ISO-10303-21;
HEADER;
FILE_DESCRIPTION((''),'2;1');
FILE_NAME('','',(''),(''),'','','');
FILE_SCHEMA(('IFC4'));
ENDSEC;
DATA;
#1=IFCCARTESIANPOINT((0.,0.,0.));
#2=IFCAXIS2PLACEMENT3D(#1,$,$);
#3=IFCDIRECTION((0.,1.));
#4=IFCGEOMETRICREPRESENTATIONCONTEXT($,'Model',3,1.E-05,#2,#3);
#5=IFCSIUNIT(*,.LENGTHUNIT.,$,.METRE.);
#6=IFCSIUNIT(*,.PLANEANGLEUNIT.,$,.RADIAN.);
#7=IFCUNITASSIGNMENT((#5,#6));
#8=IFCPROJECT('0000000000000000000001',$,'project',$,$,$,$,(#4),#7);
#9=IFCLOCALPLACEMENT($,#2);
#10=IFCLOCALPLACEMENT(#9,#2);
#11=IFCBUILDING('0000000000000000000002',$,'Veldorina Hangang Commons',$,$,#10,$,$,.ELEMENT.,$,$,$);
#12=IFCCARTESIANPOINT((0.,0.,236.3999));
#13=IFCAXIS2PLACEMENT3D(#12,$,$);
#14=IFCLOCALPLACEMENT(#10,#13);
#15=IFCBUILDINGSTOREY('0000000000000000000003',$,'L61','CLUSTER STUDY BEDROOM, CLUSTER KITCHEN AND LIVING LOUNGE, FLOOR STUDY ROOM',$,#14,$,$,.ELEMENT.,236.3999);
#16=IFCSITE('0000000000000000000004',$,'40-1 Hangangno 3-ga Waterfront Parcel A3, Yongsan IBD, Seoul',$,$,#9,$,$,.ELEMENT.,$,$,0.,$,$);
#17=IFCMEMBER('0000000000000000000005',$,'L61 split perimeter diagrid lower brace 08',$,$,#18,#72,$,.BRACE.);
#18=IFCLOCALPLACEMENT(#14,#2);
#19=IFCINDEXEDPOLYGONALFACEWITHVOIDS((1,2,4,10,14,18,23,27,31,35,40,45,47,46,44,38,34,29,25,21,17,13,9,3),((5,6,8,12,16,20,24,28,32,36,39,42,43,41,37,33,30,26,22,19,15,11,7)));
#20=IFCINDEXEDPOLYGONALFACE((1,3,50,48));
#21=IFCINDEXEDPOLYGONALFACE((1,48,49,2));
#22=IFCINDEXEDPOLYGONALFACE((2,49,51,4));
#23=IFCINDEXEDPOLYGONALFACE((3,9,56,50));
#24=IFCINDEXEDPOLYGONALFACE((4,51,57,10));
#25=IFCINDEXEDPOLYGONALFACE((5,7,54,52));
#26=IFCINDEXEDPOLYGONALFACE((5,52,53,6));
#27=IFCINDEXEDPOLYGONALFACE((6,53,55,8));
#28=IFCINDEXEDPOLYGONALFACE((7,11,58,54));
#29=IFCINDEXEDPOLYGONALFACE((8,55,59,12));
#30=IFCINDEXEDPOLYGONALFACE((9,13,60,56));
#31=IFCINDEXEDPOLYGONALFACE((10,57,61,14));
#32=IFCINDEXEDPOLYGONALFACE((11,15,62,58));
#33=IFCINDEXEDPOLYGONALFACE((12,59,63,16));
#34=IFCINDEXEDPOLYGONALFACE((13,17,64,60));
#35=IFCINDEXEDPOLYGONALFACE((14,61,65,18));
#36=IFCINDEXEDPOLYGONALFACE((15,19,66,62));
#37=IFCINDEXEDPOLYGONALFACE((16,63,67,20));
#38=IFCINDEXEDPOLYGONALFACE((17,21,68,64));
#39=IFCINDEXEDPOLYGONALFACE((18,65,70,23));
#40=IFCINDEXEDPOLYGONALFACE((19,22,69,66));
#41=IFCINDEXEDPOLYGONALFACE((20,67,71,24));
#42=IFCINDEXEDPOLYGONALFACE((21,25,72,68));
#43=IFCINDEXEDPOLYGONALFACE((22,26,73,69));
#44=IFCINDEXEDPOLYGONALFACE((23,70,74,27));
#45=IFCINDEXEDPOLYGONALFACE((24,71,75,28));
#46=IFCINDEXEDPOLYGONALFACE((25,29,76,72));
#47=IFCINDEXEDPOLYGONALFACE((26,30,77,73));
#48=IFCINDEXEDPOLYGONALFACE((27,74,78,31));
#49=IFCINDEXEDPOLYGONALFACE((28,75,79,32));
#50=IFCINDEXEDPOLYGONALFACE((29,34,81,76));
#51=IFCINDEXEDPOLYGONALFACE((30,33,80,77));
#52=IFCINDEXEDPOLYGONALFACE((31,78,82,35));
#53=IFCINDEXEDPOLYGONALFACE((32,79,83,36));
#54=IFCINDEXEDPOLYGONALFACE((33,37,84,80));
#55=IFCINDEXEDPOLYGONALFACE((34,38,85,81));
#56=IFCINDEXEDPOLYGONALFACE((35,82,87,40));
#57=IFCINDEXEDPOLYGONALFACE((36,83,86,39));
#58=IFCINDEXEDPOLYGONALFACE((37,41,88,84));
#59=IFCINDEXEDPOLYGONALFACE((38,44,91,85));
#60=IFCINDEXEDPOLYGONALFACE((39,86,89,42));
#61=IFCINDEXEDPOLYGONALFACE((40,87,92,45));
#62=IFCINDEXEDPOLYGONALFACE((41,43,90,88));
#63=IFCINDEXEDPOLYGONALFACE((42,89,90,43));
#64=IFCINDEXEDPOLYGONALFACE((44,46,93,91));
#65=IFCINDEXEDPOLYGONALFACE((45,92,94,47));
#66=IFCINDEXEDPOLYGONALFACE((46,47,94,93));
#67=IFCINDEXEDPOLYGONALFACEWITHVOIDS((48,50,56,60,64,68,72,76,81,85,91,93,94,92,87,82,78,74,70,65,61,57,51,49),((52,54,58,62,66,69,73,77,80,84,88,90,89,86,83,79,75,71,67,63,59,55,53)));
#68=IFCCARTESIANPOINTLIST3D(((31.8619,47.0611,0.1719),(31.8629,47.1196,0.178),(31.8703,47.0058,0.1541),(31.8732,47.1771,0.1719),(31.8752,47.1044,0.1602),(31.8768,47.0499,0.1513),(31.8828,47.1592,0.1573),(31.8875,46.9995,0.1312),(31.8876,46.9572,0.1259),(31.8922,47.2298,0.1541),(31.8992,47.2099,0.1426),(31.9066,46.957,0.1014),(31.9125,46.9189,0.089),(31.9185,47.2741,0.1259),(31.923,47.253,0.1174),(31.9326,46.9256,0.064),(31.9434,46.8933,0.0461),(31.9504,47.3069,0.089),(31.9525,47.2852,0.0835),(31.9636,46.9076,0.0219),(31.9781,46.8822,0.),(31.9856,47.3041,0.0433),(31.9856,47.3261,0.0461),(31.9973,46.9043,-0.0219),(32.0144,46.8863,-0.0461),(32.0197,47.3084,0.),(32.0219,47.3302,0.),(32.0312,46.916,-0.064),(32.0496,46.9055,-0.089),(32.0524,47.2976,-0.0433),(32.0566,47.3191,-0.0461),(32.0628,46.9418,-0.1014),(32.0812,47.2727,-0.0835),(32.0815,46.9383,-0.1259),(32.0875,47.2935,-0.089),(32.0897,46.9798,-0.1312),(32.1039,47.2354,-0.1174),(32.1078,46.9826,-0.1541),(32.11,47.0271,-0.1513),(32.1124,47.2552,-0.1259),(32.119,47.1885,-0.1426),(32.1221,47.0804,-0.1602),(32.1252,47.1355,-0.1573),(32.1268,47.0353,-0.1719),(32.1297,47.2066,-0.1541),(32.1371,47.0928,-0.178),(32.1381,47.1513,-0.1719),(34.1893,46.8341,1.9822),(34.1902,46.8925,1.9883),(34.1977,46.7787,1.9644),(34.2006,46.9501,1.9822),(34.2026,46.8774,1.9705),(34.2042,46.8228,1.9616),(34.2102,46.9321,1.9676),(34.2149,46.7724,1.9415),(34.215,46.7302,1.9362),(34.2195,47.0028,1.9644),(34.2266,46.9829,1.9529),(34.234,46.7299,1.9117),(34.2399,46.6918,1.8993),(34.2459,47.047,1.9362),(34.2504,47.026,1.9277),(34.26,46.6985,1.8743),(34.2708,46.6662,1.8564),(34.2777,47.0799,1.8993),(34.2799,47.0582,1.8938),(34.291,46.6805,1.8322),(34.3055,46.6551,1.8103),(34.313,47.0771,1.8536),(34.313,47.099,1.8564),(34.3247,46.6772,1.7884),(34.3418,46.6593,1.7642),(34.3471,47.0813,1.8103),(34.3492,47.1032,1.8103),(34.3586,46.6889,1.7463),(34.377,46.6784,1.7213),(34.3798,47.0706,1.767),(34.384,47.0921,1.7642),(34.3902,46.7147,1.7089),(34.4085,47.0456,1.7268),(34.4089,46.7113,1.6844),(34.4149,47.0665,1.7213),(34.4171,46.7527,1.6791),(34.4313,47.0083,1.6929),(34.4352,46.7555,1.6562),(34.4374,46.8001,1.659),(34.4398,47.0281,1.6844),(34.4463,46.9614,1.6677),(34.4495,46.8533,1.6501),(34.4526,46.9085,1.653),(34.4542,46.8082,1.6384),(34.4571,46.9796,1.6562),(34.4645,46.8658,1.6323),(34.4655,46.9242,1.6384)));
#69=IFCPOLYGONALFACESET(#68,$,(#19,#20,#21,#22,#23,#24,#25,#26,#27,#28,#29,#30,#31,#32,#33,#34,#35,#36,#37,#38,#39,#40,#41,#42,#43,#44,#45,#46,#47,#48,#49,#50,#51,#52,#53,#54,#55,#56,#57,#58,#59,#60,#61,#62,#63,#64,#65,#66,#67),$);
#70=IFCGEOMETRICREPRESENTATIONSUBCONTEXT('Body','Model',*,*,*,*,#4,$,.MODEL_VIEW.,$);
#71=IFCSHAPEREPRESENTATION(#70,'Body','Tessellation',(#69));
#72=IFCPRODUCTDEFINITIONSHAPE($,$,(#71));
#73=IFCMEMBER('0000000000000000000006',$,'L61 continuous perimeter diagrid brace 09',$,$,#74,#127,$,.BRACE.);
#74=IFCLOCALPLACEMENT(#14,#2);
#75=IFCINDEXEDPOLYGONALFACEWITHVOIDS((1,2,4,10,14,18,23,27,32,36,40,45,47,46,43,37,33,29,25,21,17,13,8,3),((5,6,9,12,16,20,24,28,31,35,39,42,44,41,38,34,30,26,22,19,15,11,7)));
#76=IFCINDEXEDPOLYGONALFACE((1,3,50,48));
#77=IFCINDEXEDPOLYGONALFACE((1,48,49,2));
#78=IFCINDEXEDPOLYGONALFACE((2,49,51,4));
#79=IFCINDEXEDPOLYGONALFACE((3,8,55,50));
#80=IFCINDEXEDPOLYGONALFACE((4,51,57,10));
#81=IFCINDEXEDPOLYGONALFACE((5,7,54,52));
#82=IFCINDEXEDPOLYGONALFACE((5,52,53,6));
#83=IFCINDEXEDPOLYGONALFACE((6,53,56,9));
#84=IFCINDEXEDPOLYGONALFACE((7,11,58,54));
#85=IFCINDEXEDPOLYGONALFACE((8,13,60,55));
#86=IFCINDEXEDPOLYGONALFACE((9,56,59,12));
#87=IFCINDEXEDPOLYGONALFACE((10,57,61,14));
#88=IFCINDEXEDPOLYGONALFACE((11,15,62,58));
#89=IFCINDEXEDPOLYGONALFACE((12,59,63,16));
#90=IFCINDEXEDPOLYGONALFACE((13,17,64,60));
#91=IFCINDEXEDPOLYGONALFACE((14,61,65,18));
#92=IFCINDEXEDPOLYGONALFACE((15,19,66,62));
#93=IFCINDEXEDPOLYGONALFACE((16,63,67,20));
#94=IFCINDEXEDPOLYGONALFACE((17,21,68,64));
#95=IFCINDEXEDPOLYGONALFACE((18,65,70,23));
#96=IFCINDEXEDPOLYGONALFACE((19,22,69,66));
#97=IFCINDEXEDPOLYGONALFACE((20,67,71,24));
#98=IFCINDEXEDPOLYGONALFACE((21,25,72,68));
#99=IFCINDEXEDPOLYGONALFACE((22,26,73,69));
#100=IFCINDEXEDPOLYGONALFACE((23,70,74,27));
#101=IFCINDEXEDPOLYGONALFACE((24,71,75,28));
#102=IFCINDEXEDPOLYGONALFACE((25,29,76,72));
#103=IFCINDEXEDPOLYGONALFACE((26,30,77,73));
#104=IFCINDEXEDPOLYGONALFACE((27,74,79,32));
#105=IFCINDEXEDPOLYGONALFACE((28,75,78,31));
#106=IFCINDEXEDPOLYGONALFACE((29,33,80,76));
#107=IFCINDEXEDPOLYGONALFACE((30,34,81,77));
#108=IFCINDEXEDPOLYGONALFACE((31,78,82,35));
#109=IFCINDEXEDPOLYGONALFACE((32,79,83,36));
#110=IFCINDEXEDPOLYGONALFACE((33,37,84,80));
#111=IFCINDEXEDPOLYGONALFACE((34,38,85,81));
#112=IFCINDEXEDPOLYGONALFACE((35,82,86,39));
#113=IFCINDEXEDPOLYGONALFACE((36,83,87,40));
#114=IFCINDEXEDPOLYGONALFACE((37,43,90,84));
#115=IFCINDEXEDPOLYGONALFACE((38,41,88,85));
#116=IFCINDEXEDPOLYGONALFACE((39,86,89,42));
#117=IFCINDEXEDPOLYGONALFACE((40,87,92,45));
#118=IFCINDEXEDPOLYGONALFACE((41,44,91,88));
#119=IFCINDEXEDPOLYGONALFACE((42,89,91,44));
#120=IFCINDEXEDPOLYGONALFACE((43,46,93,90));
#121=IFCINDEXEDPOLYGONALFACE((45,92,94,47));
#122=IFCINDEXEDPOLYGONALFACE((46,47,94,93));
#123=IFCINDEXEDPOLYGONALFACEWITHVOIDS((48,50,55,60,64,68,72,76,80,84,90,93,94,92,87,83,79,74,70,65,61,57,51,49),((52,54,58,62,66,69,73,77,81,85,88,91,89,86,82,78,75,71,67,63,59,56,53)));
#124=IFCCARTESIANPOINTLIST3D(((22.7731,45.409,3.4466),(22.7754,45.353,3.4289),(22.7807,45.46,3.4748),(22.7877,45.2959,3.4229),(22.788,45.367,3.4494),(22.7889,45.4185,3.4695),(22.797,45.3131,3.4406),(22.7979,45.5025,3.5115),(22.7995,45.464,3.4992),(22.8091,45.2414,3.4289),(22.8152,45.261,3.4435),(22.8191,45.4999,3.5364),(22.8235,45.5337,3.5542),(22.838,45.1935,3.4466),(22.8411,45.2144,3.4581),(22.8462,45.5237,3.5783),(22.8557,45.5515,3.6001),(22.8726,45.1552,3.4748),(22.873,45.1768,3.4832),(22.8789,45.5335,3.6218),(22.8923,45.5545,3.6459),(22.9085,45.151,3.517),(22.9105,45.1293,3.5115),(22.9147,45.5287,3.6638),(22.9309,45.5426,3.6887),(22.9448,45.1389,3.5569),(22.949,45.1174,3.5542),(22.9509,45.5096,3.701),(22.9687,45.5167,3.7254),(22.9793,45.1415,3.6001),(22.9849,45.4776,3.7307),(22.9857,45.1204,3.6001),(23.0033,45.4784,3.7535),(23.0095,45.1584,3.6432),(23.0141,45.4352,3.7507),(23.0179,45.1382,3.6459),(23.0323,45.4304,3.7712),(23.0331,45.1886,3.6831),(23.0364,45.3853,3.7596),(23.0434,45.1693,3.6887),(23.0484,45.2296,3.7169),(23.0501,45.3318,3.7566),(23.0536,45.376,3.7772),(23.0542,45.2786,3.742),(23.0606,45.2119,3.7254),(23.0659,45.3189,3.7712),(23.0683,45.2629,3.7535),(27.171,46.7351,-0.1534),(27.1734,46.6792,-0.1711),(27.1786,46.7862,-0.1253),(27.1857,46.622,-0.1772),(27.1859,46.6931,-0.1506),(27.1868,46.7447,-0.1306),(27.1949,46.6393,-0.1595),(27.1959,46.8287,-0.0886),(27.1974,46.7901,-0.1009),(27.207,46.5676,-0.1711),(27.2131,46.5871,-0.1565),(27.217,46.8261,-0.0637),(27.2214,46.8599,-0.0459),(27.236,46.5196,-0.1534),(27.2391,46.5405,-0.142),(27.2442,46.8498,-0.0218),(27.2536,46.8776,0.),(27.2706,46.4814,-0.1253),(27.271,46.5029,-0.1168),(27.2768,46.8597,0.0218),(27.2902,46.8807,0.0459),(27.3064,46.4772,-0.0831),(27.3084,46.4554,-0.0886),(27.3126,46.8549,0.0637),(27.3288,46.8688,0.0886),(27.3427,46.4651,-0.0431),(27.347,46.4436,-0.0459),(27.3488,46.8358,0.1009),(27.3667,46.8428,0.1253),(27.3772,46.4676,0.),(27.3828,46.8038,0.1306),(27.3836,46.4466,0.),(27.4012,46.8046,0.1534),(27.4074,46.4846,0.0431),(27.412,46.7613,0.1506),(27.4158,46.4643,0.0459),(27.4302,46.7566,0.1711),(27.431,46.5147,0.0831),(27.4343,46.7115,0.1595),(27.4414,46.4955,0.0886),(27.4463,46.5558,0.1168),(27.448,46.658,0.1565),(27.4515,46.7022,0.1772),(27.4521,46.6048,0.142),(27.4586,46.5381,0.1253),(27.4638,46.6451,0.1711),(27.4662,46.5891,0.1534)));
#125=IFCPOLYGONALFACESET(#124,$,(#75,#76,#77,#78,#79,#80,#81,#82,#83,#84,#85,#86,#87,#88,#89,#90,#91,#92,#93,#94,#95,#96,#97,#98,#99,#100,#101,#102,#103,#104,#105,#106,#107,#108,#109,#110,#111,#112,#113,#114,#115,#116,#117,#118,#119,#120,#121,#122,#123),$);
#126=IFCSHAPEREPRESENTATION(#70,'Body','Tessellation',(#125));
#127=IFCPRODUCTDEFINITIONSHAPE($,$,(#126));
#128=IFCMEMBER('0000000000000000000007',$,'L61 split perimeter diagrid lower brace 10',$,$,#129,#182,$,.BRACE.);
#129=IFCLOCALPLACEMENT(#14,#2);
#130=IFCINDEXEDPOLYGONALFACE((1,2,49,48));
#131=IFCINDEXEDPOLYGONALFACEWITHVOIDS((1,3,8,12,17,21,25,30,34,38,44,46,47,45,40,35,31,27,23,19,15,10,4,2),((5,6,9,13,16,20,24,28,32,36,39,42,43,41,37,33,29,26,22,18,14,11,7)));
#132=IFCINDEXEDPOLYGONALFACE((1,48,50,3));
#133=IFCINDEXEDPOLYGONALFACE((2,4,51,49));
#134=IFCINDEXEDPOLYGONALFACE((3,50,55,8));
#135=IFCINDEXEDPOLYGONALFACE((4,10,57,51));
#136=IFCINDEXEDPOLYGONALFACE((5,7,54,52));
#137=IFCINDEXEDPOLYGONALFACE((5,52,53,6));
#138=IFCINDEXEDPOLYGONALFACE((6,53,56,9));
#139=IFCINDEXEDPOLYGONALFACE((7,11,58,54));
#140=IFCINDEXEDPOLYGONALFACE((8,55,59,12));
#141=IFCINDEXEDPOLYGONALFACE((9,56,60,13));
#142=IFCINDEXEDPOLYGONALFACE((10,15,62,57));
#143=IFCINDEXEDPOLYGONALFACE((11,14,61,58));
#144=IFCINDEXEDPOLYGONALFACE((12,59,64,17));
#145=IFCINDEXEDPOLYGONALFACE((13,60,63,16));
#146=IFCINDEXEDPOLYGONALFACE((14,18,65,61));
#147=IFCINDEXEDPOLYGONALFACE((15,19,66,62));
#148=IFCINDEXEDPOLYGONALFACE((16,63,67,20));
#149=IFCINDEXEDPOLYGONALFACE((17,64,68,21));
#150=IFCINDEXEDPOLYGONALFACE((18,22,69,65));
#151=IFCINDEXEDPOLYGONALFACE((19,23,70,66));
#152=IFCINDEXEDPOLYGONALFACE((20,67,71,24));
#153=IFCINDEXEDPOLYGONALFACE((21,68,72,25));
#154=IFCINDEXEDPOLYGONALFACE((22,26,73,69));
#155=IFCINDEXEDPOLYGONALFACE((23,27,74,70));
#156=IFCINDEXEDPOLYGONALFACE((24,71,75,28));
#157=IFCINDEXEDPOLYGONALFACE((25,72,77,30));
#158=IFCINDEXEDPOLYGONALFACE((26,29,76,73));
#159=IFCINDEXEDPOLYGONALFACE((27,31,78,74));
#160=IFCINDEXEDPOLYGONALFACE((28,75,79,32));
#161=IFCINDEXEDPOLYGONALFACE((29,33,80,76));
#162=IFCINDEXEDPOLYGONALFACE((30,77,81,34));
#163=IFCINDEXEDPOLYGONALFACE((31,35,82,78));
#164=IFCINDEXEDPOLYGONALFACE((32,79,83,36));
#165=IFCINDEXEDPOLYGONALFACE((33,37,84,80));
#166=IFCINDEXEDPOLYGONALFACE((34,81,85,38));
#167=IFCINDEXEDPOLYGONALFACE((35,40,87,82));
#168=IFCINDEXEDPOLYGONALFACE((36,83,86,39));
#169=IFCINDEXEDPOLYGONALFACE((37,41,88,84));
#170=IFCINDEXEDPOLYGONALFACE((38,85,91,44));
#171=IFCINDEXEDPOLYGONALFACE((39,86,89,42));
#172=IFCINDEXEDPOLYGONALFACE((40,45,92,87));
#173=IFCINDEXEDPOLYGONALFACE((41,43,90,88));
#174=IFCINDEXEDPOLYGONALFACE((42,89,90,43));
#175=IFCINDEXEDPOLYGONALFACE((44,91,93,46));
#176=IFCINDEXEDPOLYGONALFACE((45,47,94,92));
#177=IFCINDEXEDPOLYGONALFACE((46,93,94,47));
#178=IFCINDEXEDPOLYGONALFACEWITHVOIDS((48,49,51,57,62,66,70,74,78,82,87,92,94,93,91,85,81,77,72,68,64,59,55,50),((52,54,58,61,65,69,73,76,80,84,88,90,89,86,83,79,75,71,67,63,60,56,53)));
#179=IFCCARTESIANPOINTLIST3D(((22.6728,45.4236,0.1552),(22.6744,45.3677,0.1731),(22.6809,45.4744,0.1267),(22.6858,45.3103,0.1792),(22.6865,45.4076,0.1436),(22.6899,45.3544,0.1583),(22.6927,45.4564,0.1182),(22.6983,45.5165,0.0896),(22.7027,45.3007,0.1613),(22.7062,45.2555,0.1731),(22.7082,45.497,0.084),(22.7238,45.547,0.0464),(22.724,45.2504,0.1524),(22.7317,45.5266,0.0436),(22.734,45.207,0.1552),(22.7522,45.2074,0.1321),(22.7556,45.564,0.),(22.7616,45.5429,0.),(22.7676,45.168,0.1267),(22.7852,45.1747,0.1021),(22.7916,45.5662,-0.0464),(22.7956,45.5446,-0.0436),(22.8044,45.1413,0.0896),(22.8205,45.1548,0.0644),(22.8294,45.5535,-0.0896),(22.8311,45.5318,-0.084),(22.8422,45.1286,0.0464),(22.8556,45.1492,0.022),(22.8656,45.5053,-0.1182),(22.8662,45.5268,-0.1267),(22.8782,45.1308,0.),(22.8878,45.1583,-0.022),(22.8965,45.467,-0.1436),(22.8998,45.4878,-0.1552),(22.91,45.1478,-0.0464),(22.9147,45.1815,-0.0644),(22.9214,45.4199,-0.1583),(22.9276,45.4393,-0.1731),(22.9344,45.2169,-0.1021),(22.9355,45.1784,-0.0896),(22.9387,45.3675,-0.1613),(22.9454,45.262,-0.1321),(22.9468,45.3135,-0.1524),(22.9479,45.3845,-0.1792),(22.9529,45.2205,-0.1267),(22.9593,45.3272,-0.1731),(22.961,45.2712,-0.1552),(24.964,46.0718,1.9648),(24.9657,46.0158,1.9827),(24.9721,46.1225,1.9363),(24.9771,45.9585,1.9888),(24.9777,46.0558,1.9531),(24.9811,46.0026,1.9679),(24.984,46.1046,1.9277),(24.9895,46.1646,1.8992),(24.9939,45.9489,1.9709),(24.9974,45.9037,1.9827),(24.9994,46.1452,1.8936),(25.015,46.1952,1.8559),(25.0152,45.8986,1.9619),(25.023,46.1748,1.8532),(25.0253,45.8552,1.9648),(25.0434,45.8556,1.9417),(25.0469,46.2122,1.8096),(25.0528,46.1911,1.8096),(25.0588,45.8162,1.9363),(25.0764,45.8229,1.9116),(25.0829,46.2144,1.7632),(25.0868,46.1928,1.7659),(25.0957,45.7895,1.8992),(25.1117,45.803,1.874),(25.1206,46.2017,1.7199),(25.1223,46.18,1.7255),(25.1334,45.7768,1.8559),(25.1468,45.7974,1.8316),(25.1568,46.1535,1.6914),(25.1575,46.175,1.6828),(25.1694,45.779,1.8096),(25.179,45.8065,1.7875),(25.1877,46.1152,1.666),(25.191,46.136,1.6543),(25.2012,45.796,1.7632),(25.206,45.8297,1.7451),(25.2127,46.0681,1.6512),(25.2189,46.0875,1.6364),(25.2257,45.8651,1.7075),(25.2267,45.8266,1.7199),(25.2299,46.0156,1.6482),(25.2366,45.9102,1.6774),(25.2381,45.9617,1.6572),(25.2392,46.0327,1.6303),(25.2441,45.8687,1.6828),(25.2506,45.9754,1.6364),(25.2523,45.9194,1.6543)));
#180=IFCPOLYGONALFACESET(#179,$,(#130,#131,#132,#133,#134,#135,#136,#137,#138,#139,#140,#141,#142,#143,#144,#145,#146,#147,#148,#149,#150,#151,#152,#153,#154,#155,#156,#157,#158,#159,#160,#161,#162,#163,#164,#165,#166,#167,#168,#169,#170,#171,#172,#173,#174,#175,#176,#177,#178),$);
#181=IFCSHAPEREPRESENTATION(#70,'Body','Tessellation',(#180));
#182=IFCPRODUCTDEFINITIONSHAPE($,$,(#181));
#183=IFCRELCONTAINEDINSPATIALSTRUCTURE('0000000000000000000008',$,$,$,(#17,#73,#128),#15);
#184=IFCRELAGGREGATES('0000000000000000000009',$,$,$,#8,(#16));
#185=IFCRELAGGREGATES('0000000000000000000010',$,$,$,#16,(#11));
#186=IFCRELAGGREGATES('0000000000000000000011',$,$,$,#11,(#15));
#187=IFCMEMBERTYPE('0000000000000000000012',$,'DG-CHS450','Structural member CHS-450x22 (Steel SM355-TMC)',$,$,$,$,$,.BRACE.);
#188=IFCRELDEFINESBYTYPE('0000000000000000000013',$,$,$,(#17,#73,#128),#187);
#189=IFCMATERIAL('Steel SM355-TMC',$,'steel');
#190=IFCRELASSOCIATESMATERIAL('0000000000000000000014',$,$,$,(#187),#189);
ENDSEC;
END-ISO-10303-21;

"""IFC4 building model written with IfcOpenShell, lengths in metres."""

from ifc_helpers import new_model, si_unit, direction, frame, origin, origin_2d, place, context, subcontext, project, spatial, hollow_circle, extrude, material, material_profile, profile_set, type_object, element, save


model = new_model("IFC4")

# Units and contexts
model_context = context("Model", 3, precision=1e-05, world=origin(), true_north=direction((0.0, 1.0)))
body_context = subcontext(model_context, "Body", "Model", "MODEL_VIEW")
ifc_project = project(units=[si_unit("LENGTHUNIT", "METRE"), si_unit("PLANEANGLEUNIT", "RADIAN")], contexts=[model_context])

# Site, building, storey
site_placement = place(None, origin())
site = spatial("IfcSite", under=ifc_project, at=site_placement, Name="40-1 Hangangno 3-ga Waterfront Parcel A3, Yongsan IBD, Seoul", CompositionType="ELEMENT", RefElevation=0.0)
building_placement = place(site_placement, origin())
building = spatial("IfcBuilding", under=site, at=building_placement, Name="Veldorina Hangang Commons", CompositionType="ELEMENT")
storey_placement = place(building_placement, frame((0.0, 0.0, 236.3999)))
storey = spatial("IfcBuildingStorey", under=building, at=storey_placement, Name="L61", Description="CLUSTER STUDY BEDROOM, CLUSTER KITCHEN AND LIVING LOUNGE, FLOOR STUDY ROOM", CompositionType="ELEMENT", Elevation=236.3999)

# Shared definitions
ifc_material_1 = material(Name="Steel SM355-TMC", Category="steel")

# Members
ifc_material_profile_1 = material_profile(ifc_material_1, hollow_circle(Radius=0.2251, WallThickness=0.022, at=origin_2d()), Name="CHS-450x22")
ifc_profile_set_1 = profile_set([ifc_material_profile_1], Name="Steel SM355-TMC")
member_type_1 = type_object("IfcMemberType", Name="DG-CHS450", Description="Structural member CHS-450x22 (Steel SM355-TMC)", PredefinedType="BRACE", material=ifc_profile_set_1)
member_1_placement = place(storey_placement, frame((32.0, 47.1062, 0.0), z_axis=(0.787005, -0.076777, 0.612151), x_axis=(0.097095, 0.995275, 0.0)))
element("IfcMember", 1, at=member_1_placement, inside=storey, type_object=member_type_1, Name="L61 split perimeter diagrid lower brace 08", PredefinedType="BRACE", context=body_context, shape_type="SweptSolid", body=[
    extrude(hollow_circle(Radius=0.2251, WallThickness=0.022, at=origin_2d()), origin(), (0.0, 0.0, 1.0), 2.9573),
])
member_2_placement = place(storey_placement, frame((27.3186, 46.6621, 0.0), z_axis=(-0.753562, -0.227232, 0.616855), x_axis=(0.288703, -0.957419, 0.0)))
element("IfcMember", 2, at=member_2_placement, inside=storey, type_object=member_type_1, Name="L61 continuous perimeter diagrid brace 09", PredefinedType="BRACE", context=body_context, shape_type="SweptSolid", body=[
    extrude(hollow_circle(Radius=0.2251, WallThickness=0.022, at=origin_2d()), origin(), (0.0, 0.0, 1.0), 5.8362),
])
member_3_placement = place(storey_placement, frame((22.8169, 45.3474, 0.0), z_axis=(0.766116, 0.216733, 0.605056), x_axis=(-0.272215, 0.962236, 0.0)))
element("IfcMember", 3, at=member_3_placement, inside=storey, type_object=member_type_1, Name="L61 split perimeter diagrid lower brace 10", PredefinedType="BRACE", context=body_context, shape_type="SweptSolid", body=[
    extrude(hollow_circle(Radius=0.2251, WallThickness=0.022, at=origin_2d()), origin(), (0.0, 0.0, 1.0), 2.9907),
])

save(model, "model.ifc")
